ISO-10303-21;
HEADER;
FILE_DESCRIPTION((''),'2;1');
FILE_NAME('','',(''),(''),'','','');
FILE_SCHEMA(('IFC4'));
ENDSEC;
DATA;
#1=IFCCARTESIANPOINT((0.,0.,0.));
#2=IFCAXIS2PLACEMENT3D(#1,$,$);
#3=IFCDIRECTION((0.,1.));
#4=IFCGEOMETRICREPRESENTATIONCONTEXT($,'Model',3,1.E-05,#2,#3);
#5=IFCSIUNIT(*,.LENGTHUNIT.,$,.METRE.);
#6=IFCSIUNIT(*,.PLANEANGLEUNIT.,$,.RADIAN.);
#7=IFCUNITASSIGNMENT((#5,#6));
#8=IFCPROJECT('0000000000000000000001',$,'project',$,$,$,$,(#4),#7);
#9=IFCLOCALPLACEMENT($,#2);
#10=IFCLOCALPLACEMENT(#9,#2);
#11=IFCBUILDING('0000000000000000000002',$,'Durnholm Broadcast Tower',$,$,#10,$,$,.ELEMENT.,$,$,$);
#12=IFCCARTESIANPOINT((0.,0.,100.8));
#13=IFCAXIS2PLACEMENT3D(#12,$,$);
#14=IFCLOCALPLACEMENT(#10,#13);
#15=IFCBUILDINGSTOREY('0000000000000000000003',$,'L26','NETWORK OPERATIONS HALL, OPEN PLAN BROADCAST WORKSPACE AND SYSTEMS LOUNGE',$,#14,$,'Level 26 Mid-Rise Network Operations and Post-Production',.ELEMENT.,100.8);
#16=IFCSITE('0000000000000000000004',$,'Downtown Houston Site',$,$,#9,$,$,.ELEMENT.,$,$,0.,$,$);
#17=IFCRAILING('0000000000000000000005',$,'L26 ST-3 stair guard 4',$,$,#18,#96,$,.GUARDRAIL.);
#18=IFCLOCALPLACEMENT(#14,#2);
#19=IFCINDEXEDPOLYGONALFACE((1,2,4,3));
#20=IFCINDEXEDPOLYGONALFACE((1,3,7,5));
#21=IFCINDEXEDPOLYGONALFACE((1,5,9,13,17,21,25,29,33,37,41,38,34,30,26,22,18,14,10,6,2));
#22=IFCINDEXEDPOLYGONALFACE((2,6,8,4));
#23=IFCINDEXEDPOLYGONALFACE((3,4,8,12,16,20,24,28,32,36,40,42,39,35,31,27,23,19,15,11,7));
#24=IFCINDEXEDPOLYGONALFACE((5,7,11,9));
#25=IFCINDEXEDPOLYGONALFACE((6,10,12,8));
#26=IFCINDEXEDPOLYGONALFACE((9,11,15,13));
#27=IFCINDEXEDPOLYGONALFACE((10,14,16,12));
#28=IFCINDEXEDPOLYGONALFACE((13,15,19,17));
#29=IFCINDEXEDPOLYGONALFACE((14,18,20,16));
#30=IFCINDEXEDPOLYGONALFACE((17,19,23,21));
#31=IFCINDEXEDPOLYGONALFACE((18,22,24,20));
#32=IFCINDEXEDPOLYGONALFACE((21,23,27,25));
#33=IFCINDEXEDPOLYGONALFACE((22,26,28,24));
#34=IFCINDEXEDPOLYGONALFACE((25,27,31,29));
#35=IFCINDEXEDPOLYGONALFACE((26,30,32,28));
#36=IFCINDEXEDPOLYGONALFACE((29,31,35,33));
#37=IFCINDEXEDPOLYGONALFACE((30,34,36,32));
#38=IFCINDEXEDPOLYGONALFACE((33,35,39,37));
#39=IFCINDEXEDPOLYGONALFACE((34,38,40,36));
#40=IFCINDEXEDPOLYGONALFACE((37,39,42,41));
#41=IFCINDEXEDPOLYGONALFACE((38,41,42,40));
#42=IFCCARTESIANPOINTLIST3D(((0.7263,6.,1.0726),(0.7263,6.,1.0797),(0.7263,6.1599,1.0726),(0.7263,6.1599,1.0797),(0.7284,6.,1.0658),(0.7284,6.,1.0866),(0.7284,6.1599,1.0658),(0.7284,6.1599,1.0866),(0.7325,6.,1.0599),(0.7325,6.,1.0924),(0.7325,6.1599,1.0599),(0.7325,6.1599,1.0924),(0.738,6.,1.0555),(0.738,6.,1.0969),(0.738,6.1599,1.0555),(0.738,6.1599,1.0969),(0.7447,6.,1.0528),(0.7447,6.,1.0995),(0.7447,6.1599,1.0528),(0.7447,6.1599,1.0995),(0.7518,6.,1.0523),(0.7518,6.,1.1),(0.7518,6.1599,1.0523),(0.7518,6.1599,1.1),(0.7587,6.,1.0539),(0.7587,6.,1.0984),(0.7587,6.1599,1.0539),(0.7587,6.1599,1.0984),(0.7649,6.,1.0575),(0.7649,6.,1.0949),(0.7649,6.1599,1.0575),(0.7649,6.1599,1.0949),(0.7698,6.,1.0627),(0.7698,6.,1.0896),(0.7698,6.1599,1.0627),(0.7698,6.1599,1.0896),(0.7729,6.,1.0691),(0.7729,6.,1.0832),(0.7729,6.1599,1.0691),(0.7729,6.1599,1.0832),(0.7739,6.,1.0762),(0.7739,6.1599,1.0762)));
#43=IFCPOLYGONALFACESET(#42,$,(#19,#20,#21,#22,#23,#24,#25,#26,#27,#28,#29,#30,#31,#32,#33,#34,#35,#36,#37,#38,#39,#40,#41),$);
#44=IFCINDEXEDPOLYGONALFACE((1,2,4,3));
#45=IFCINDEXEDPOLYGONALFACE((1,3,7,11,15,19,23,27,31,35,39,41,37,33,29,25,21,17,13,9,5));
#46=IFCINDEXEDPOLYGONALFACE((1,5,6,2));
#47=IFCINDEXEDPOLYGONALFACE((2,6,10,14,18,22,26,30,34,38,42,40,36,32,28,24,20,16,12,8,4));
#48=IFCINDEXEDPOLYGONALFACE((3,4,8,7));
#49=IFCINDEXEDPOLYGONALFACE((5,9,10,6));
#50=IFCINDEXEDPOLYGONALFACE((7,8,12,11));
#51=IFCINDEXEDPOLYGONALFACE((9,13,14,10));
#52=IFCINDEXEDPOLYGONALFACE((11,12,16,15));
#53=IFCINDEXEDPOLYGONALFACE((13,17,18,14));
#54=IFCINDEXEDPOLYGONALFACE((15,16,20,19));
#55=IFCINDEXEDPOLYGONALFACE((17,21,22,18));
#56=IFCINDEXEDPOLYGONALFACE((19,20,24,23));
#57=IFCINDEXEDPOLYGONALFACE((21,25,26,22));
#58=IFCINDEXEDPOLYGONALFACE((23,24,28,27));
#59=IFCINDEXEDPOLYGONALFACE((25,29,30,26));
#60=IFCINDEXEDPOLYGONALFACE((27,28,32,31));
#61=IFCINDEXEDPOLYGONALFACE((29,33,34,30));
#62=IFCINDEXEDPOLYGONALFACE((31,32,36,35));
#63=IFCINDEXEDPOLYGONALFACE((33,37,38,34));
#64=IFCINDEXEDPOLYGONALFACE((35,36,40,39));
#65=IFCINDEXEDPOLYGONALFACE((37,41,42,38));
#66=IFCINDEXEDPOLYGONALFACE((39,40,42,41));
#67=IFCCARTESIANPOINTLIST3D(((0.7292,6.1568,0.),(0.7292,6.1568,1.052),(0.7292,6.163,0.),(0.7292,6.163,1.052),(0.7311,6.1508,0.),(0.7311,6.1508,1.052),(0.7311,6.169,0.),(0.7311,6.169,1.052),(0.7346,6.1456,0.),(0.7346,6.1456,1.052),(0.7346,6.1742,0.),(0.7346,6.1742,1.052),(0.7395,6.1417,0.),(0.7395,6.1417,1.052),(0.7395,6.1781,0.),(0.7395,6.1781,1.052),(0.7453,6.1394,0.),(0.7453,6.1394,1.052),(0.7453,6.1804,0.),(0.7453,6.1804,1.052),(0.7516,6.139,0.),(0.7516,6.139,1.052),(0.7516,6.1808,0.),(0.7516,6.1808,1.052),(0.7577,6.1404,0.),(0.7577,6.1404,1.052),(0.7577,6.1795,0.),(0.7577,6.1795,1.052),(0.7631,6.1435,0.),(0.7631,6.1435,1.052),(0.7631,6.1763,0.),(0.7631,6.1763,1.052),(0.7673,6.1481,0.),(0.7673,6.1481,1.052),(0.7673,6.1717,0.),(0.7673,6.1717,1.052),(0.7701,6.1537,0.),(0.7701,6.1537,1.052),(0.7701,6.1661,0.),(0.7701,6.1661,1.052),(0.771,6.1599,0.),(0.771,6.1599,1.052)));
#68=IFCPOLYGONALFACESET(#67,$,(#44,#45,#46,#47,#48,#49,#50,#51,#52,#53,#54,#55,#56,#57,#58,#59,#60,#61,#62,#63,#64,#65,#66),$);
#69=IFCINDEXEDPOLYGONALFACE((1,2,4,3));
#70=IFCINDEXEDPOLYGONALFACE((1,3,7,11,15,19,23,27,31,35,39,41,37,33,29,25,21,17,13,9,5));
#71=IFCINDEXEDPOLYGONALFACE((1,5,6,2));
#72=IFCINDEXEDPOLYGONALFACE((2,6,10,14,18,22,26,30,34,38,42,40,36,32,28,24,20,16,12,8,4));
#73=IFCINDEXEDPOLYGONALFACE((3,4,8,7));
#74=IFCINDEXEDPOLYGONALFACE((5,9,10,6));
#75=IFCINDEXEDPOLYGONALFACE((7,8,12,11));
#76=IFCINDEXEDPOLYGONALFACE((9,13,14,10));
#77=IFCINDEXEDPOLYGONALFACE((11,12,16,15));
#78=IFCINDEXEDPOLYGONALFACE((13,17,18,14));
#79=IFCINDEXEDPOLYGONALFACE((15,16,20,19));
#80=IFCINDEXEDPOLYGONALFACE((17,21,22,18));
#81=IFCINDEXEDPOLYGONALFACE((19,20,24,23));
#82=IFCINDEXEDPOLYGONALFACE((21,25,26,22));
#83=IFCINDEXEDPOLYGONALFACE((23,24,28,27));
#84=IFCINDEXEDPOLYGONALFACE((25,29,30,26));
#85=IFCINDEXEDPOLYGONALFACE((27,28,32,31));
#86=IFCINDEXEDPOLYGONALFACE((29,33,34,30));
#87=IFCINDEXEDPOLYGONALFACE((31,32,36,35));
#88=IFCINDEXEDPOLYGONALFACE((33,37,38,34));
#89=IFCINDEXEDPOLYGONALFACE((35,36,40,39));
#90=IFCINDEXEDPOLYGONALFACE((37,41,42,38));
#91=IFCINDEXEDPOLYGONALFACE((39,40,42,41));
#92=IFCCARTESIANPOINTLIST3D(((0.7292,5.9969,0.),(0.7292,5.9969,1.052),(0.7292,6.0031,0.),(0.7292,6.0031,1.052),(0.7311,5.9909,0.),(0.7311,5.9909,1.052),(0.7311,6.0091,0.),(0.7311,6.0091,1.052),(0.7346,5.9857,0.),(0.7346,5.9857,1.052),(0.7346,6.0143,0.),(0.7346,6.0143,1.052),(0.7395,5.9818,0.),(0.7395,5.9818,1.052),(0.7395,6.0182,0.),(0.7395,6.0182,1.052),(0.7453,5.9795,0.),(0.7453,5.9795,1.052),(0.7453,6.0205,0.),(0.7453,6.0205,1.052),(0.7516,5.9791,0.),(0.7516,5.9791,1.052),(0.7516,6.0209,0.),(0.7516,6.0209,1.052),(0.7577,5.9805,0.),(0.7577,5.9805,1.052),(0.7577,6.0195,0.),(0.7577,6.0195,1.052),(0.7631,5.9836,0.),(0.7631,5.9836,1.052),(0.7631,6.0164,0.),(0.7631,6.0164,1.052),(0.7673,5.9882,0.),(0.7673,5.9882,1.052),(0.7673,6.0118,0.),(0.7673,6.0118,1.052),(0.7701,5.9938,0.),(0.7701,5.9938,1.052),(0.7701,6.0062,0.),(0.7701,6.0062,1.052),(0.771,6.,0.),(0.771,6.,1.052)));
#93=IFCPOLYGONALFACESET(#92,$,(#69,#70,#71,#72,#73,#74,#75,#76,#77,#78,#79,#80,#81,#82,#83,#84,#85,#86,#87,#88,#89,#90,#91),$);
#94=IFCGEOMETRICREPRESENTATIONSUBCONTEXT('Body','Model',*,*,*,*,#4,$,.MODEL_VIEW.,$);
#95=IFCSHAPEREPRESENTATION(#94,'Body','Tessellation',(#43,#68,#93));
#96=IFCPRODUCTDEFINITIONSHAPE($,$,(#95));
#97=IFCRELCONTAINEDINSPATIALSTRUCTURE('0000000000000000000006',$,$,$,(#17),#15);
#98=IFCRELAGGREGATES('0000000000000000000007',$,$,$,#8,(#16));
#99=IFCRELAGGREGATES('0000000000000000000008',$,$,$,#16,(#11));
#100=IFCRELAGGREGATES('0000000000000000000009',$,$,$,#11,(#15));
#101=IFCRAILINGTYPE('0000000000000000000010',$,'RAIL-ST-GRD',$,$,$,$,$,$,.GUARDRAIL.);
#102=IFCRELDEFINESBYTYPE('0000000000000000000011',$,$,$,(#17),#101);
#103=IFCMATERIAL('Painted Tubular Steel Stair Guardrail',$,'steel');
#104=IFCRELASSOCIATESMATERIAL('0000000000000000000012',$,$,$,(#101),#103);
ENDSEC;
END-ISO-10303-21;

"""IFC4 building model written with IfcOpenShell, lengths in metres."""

from ifc_helpers import new_model, si_unit, direction, frame, origin, origin_2d, place, context, subcontext, project, spatial, circle, extrude, material, type_object, element, save


model = new_model("IFC4")

# Units and contexts
model_context = context("Model", 3, precision=1e-05, world=origin(), true_north=direction((0.0, 1.0)))
body_context = subcontext(model_context, "Body", "Model", "MODEL_VIEW")
ifc_project = project(units=[si_unit("LENGTHUNIT", "METRE"), si_unit("PLANEANGLEUNIT", "RADIAN")], contexts=[model_context])

# Site, building, storey
site_placement = place(None, origin())
site = spatial("IfcSite", under=ifc_project, at=site_placement, Name="Downtown Houston Site", CompositionType="ELEMENT", RefElevation=0.0)
building_placement = place(site_placement, origin())
building = spatial("IfcBuilding", under=site, at=building_placement, Name="Durnholm Broadcast Tower", CompositionType="ELEMENT")
storey_placement = place(building_placement, frame((0.0, 0.0, 100.8)))
storey = spatial("IfcBuildingStorey", under=building, at=storey_placement, Name="L26", Description="NETWORK OPERATIONS HALL, OPEN PLAN BROADCAST WORKSPACE AND SYSTEMS LOUNGE", LongName="Level 26 Mid-Rise Network Operations and Post-Production", CompositionType="ELEMENT", Elevation=100.8)

# Railing
ifc_material_1 = material(Name="Painted Tubular Steel Stair Guardrail", Category="steel")
railing_type = type_object("IfcRailingType", Name="RAIL-ST-GRD", PredefinedType="GUARDRAIL", material=ifc_material_1)
railing_placement = place(storey_placement, frame((0.75, 6.1599, 0.0)))
element("IfcRailing", 1, at=railing_placement, inside=storey, type_object=railing_type, Name="L26 ST-3 stair guard 4", PredefinedType="GUARDRAIL", context=body_context, shape_type="SweptSolid", body=[
    extrude(circle(Radius=0.0239, at=origin_2d()), frame((0.0, 0.0, 1.0762), z_axis=(0.0, -1.0, 0.0), x_axis=(1.0, 0.0, 0.0)), (0.0, 0.0, 1.0), 0.1599),
    extrude(circle(Radius=0.021, at=origin_2d()), origin(), (0.0, 0.0, 1.0), 1.052),
    extrude(circle(Radius=0.021, at=origin_2d()), frame((0.0, -0.1599, 0.0)), (0.0, 0.0, 1.0), 1.052),
])

save(model, "model.ifc")
